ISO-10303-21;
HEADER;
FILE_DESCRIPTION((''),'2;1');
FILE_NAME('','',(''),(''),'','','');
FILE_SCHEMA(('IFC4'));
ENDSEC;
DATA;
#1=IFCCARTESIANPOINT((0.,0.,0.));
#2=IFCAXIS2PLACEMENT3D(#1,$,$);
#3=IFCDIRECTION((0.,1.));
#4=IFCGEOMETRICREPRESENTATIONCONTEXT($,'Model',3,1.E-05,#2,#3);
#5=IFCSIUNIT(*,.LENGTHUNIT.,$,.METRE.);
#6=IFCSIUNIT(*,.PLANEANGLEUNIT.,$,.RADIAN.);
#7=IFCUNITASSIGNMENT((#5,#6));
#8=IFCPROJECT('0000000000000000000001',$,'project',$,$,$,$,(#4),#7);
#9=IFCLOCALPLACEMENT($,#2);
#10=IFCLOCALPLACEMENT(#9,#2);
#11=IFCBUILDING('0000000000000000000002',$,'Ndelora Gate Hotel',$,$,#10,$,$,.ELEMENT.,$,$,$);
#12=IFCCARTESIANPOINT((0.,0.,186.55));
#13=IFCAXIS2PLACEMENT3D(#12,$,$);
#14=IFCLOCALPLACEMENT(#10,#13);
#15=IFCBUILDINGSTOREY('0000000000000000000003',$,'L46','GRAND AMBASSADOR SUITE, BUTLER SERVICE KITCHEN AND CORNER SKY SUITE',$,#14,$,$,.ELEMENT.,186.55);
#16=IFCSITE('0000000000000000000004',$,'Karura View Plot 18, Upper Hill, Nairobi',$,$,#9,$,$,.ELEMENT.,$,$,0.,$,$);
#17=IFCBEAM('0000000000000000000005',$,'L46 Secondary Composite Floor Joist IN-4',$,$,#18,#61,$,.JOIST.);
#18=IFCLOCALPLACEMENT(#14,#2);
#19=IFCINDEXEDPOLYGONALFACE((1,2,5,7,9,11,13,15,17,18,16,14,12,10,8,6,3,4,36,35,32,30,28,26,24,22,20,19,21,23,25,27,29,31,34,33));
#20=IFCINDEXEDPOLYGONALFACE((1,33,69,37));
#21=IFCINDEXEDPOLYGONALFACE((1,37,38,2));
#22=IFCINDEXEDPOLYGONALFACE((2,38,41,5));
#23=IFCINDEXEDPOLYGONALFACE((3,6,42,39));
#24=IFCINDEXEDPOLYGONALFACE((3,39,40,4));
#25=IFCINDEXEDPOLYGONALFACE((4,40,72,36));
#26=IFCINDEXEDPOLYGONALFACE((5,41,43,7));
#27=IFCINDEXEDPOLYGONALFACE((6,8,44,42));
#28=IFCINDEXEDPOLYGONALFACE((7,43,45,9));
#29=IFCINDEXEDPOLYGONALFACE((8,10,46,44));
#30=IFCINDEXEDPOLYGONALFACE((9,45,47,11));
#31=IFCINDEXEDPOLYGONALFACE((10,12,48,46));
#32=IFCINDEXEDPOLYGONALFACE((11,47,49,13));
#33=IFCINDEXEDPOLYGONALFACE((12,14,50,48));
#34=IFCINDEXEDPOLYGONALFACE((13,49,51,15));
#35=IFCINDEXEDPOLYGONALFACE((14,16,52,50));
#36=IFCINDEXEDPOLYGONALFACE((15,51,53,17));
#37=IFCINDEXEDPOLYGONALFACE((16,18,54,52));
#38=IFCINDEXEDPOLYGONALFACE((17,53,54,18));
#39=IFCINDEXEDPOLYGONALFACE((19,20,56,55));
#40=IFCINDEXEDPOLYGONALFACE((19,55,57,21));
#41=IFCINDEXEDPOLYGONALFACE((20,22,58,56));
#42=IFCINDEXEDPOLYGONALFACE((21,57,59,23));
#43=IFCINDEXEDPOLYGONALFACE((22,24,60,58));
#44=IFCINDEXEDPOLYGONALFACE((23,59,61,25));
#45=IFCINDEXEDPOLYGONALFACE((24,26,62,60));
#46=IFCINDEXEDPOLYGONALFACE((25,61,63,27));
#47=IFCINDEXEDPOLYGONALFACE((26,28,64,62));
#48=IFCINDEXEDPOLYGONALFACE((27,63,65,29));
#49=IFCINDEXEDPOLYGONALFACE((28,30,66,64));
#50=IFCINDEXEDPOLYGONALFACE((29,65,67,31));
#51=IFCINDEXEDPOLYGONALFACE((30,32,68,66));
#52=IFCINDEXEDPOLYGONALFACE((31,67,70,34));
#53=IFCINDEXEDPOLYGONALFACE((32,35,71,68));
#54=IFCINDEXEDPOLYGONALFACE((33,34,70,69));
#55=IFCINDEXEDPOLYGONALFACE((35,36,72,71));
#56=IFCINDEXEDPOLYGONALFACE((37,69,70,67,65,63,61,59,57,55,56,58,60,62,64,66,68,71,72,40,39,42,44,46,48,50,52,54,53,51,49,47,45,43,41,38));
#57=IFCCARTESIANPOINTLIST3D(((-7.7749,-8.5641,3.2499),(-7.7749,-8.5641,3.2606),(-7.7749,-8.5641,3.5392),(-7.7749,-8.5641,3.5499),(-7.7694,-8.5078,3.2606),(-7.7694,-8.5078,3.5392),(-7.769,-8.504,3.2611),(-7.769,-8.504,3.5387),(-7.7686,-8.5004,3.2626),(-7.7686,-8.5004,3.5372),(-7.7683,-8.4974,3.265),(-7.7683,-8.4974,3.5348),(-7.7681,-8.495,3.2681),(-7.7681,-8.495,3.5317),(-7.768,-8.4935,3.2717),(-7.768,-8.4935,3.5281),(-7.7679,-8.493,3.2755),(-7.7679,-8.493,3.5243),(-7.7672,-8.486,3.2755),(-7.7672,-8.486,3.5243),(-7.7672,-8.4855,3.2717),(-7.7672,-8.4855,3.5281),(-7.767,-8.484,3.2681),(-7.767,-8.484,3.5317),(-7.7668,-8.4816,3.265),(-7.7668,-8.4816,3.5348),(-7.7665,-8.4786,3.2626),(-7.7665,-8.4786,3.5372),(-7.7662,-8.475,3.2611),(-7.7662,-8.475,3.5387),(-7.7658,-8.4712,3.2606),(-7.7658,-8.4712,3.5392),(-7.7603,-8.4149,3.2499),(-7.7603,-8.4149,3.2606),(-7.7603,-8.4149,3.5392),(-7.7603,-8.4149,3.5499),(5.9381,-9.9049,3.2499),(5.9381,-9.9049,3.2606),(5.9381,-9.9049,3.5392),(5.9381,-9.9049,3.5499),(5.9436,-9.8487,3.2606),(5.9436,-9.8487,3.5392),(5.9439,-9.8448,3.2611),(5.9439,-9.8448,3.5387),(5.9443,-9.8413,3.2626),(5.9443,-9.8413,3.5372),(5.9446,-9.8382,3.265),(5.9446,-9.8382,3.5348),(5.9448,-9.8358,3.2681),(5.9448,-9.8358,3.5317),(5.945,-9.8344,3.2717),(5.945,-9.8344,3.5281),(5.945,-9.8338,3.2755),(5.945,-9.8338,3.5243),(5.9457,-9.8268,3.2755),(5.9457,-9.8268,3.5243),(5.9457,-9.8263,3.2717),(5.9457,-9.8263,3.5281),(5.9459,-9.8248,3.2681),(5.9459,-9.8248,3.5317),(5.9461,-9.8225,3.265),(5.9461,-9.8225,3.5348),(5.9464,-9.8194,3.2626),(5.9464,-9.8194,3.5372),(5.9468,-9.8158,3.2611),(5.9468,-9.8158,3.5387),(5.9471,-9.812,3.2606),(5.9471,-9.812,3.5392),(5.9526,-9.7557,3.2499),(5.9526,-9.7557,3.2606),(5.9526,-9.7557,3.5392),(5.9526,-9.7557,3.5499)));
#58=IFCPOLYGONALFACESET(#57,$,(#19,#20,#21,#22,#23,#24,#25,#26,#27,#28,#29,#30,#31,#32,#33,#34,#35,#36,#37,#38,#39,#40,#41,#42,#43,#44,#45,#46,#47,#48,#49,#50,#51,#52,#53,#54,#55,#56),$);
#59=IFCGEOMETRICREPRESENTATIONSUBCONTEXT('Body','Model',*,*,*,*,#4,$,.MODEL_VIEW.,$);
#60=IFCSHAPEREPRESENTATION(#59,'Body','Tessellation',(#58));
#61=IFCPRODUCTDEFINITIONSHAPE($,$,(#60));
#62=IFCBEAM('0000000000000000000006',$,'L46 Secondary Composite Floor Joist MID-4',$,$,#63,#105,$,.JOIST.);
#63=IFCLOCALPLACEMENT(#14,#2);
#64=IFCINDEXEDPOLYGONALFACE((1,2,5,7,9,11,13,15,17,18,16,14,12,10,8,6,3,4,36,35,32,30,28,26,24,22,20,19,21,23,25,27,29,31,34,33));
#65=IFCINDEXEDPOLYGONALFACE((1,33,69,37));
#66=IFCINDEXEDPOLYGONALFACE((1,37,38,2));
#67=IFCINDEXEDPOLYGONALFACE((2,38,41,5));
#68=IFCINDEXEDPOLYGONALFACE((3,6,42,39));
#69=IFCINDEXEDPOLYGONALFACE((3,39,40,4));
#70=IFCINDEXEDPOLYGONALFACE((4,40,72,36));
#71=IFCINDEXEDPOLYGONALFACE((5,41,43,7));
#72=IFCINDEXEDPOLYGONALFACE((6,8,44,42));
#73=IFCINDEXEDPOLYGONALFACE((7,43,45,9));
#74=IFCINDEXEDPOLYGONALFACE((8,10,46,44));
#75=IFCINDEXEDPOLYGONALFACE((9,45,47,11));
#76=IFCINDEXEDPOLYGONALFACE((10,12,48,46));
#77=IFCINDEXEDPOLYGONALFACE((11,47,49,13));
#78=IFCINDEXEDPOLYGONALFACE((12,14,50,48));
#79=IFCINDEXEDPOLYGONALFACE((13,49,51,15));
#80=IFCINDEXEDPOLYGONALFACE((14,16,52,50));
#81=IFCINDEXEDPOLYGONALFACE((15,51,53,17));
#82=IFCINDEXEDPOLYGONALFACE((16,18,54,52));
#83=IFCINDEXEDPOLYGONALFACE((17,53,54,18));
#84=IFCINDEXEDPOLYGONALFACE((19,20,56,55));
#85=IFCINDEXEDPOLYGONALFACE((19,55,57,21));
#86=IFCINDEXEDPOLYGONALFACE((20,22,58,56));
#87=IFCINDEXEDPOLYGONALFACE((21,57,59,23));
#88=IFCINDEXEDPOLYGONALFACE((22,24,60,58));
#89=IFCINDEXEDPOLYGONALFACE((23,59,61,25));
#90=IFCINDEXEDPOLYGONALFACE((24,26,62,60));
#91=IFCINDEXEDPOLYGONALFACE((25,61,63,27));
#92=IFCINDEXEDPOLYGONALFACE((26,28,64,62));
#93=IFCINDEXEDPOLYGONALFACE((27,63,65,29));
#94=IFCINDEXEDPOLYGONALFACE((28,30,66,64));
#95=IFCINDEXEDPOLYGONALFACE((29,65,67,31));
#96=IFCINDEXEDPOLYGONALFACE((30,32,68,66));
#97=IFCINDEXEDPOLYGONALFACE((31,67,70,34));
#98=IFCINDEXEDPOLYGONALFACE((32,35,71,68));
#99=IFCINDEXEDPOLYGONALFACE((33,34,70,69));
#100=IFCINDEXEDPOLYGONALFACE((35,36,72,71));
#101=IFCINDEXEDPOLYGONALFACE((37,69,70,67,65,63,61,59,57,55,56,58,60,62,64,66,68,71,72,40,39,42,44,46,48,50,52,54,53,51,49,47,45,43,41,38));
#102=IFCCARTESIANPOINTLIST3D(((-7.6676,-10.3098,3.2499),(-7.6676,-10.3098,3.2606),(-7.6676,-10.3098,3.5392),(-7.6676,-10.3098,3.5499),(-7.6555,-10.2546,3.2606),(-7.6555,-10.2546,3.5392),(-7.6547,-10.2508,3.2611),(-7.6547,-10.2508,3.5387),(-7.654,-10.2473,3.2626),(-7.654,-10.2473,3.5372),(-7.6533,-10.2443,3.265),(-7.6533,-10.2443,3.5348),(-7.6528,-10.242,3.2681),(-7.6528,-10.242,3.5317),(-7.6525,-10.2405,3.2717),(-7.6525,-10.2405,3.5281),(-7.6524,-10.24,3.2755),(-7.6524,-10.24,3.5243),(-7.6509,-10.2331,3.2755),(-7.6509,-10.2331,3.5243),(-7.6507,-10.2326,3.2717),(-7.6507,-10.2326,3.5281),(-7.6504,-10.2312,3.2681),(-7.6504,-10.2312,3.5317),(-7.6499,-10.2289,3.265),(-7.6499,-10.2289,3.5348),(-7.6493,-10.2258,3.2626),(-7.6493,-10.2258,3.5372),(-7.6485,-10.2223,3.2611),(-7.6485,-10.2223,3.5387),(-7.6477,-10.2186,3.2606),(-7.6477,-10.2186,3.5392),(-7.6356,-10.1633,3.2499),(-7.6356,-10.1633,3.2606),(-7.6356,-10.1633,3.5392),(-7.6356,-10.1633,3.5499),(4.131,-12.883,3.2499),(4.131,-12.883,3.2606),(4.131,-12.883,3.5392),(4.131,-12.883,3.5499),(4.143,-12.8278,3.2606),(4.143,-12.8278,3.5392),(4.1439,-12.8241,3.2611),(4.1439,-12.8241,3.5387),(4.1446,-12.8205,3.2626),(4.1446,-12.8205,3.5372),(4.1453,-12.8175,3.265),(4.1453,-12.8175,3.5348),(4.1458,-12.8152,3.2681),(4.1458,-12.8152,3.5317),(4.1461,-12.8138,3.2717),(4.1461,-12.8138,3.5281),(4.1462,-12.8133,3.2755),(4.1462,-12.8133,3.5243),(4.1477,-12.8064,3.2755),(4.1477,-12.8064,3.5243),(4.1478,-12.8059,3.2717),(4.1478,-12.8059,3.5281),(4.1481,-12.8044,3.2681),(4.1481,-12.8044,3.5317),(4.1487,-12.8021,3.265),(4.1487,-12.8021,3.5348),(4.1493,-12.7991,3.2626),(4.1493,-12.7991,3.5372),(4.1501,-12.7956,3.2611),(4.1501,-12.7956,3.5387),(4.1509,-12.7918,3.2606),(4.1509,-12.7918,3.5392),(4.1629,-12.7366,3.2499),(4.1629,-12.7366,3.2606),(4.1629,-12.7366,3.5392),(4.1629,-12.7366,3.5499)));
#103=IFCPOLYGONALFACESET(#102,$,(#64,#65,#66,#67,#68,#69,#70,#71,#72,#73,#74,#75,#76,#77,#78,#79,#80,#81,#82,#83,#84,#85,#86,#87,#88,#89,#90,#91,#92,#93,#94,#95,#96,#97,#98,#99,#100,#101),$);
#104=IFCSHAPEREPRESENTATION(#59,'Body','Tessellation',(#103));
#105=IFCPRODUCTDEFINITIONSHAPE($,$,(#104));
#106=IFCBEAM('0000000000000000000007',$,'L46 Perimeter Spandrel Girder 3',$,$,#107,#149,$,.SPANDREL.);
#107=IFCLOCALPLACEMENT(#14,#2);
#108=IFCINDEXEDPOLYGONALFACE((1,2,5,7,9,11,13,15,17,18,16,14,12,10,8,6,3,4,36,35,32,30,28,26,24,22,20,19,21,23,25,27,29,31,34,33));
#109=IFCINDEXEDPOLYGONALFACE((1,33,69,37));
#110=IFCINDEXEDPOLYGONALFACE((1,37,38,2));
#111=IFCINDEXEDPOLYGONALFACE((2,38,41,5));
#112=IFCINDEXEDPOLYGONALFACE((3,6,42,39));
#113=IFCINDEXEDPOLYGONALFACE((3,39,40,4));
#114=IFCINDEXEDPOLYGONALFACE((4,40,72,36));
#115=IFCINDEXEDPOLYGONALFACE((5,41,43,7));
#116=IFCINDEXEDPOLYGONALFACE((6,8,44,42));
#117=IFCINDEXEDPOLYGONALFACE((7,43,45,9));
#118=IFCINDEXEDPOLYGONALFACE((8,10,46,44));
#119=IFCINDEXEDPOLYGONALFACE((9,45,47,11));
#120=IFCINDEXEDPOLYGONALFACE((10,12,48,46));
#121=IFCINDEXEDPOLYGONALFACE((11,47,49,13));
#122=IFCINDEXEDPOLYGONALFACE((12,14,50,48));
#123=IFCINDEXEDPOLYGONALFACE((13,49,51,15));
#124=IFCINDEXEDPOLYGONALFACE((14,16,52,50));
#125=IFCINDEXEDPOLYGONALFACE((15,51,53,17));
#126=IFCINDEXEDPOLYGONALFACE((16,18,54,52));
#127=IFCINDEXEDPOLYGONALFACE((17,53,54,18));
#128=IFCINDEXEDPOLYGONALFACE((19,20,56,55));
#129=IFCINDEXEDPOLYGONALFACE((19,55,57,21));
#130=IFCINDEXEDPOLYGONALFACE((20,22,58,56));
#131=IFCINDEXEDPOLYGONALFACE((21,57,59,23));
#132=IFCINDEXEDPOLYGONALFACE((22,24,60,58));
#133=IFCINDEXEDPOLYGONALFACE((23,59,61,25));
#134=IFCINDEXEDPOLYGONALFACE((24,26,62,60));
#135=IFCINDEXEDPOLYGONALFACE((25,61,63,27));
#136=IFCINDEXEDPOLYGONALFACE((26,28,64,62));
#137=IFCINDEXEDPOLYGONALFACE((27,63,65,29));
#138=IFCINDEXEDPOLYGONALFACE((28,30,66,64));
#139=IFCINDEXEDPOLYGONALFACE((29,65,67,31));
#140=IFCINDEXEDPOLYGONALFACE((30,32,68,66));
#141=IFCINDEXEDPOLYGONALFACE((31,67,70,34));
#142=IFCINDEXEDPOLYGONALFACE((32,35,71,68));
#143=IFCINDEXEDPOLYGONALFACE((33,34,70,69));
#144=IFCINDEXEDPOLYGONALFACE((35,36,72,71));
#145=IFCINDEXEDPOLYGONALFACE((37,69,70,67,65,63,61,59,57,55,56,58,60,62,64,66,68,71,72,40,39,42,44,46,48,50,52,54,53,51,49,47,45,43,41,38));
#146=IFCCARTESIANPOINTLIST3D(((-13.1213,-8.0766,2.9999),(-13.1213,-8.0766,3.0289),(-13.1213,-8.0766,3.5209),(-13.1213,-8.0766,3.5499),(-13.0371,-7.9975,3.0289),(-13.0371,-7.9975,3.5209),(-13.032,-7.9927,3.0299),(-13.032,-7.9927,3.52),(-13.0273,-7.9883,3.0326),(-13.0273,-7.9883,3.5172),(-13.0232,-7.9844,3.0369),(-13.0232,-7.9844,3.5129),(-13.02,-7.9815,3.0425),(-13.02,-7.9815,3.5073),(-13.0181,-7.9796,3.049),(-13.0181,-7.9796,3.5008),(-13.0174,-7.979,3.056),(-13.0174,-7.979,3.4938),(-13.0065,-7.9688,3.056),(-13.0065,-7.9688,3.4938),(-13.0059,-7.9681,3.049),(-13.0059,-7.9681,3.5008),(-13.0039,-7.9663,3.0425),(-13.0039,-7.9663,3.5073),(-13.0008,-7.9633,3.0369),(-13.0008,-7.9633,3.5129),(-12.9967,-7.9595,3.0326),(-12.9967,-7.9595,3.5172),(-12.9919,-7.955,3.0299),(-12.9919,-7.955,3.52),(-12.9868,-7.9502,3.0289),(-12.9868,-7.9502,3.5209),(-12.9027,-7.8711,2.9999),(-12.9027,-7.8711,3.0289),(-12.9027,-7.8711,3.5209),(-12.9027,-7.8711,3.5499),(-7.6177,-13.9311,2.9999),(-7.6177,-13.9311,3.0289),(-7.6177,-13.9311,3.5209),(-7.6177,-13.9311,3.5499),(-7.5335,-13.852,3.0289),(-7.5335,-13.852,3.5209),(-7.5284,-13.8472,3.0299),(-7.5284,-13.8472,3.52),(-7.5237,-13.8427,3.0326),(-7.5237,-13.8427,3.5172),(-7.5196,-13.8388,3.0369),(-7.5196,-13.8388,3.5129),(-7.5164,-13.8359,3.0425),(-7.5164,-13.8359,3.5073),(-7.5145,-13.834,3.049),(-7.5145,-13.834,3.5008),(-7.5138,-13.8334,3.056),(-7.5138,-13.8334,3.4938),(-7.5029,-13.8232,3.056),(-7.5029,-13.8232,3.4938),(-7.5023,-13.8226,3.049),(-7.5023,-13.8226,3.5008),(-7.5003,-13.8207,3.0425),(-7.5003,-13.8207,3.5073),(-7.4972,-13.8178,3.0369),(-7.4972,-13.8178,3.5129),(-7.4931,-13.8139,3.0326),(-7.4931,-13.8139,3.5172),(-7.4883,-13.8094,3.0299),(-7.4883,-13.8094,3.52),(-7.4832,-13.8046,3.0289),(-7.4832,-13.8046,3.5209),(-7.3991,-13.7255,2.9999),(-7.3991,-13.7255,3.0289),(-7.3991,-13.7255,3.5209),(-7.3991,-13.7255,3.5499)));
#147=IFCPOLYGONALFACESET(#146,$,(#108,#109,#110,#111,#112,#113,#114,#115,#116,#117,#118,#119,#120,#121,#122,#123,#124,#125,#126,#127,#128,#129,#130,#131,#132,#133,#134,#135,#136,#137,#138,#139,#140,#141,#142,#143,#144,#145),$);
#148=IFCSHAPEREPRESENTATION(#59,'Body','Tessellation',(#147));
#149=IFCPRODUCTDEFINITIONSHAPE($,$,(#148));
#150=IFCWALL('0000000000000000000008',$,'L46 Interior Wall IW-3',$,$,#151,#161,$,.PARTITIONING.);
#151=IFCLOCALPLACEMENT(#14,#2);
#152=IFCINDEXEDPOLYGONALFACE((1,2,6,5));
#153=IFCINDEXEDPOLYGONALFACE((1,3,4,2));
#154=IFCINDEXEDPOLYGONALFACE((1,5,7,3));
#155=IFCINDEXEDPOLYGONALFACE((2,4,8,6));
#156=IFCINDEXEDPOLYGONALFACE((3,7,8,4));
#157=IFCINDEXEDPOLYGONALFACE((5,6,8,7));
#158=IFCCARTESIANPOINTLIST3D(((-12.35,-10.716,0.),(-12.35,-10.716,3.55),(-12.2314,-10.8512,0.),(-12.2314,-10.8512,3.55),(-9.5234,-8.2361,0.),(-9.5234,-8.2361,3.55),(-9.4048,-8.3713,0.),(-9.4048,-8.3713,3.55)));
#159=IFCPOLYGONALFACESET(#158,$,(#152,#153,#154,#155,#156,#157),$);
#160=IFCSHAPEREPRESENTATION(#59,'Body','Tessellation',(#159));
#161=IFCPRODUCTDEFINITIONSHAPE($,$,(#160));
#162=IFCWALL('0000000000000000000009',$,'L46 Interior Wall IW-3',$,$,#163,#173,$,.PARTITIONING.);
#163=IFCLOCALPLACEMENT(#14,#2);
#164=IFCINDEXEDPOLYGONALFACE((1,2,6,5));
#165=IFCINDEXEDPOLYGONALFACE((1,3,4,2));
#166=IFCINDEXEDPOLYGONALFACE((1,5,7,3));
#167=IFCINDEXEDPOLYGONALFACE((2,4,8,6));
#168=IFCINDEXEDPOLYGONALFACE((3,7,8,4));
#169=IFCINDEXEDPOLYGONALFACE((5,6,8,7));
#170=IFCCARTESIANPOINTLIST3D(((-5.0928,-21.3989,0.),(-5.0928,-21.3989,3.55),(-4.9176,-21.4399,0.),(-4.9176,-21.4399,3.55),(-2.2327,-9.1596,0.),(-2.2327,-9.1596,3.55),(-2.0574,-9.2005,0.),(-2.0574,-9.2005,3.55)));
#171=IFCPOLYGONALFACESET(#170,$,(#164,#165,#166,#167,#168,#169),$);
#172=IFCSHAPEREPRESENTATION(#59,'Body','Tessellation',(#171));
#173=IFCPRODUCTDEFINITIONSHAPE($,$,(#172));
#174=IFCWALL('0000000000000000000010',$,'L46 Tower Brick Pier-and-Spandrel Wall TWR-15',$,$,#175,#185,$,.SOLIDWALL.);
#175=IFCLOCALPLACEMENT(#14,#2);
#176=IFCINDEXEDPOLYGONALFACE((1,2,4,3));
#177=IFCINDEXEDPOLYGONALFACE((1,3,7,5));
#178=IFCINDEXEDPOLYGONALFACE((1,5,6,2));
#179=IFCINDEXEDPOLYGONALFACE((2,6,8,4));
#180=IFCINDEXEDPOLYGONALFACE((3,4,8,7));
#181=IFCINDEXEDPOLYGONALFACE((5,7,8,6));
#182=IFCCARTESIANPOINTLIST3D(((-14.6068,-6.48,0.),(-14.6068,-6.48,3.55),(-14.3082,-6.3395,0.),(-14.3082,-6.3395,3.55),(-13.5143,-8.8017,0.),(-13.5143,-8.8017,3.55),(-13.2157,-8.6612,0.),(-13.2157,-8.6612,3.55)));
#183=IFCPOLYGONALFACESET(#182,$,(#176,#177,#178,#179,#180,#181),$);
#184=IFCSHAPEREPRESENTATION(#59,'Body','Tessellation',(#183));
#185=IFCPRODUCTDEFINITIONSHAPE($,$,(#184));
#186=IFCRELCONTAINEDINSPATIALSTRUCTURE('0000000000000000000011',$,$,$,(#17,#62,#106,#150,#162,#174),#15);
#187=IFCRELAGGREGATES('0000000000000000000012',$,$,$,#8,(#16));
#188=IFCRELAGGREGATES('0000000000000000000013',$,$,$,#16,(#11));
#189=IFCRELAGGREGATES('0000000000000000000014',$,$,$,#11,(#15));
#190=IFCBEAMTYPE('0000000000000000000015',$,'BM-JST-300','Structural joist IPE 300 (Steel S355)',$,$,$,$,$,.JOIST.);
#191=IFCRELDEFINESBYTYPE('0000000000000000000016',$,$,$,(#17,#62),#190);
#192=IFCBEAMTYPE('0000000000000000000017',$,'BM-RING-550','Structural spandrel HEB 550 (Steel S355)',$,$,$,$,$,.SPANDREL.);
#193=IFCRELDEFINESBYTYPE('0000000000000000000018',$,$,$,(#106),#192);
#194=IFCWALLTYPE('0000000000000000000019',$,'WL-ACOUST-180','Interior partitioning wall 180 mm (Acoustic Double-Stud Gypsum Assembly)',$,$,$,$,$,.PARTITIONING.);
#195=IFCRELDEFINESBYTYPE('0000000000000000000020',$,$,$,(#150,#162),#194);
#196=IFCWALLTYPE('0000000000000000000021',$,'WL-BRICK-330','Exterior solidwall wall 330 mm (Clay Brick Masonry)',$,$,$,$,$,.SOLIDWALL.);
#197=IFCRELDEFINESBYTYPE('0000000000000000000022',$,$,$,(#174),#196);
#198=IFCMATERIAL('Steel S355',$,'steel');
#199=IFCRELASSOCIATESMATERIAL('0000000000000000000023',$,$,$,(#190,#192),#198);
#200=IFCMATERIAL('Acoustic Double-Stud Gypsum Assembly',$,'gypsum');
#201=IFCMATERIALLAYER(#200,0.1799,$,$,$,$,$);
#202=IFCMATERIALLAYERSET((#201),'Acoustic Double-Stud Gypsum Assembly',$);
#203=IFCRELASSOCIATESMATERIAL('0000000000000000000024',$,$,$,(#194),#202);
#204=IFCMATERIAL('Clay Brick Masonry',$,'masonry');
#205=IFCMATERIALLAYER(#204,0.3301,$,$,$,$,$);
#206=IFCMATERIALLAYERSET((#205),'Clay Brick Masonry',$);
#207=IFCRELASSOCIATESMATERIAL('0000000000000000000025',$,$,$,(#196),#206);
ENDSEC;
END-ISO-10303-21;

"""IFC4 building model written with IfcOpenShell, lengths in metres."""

from ifc_helpers import new_model, si_unit, direction, frame, frame_2d, origin, origin_2d, place, context, subcontext, project, spatial, rectangle, i_section, extrude, material, layer, layer_set, material_profile, profile_set, type_object, element, save


model = new_model("IFC4")

# Units and contexts
model_context = context("Model", 3, precision=1e-05, world=origin(), true_north=direction((0.0, 1.0)))
body_context = subcontext(model_context, "Body", "Model", "MODEL_VIEW")
ifc_project = project(units=[si_unit("LENGTHUNIT", "METRE"), si_unit("PLANEANGLEUNIT", "RADIAN")], contexts=[model_context])

# Site, building, storey
site_placement = place(None, origin())
site = spatial("IfcSite", under=ifc_project, at=site_placement, Name="Karura View Plot 18, Upper Hill, Nairobi", CompositionType="ELEMENT", RefElevation=0.0)
building_placement = place(site_placement, origin())
building = spatial("IfcBuilding", under=site, at=building_placement, Name="Ndelora Gate Hotel", CompositionType="ELEMENT")
storey_placement = place(building_placement, frame((0.0, 0.0, 186.55)))
storey = spatial("IfcBuildingStorey", under=building, at=storey_placement, Name="L46", Description="GRAND AMBASSADOR SUITE, BUTLER SERVICE KITCHEN AND CORNER SKY SUITE", CompositionType="ELEMENT", Elevation=186.55)

# Beams
ifc_material_1 = material(Name="Steel S355", Category="steel")
ifc_material_profile_1 = material_profile(ifc_material_1, i_section(OverallWidth=0.1499, OverallDepth=0.3, WebThickness=0.0071, FlangeThickness=0.0107, FilletRadius=0.0149, at=origin_2d()), Name="IPE 300")
ifc_profile_set_1 = profile_set([ifc_material_profile_1], Name="Steel S355")
beam_type_1 = type_object("IfcBeamType", Name="BM-JST-300", Description="Structural joist IPE 300 (Steel S355)", PredefinedType="JOIST", material=ifc_profile_set_1)
beam_1_placement = place(storey_placement, frame((-7.7676, -8.4895, 3.3999), z_axis=(0.995254, -0.097314, 0.0), x_axis=(0.097314, 0.995254, 0.0)))
element("IfcBeam", 1, at=beam_1_placement, inside=storey, type_object=beam_type_1, Name="L46 Secondary Composite Floor Joist IN-4", PredefinedType="JOIST", context=body_context, shape_type="SweptSolid", body=[
    extrude(i_section(OverallWidth=0.1499, OverallDepth=0.3, WebThickness=0.0071, FlangeThickness=0.0107, FilletRadius=0.0149, at=origin_2d()), origin(), (0.0, 0.0, 1.0), 13.7783),
])
beam_2_placement = place(storey_placement, frame((-7.6516, -10.2366, 3.3999), z_axis=(0.977033, -0.213088, 0.0), x_axis=(0.213088, 0.977033, 0.0)))
element("IfcBeam", 2, at=beam_2_placement, inside=storey, type_object=beam_type_1, Name="L46 Secondary Composite Floor Joist MID-4", PredefinedType="JOIST", context=body_context, shape_type="SweptSolid", body=[
    extrude(i_section(OverallWidth=0.1499, OverallDepth=0.3, WebThickness=0.0071, FlangeThickness=0.0107, FilletRadius=0.0149, at=origin_2d()), origin(), (0.0, 0.0, 1.0), 12.0759),
])
ifc_material_profile_2 = material_profile(ifc_material_1, i_section(OverallWidth=0.3, OverallDepth=0.55, WebThickness=0.0149, FlangeThickness=0.0291, FilletRadius=0.0271, at=origin_2d()), Name="HEB 550")
ifc_profile_set_2 = profile_set([ifc_material_profile_2], Name="Steel S355")
beam_type_2 = type_object("IfcBeamType", Name="BM-RING-550", Description="Structural spandrel HEB 550 (Steel S355)", PredefinedType="SPANDREL", material=ifc_profile_set_2)
beam_3_placement = place(storey_placement, frame((-13.012, -7.9739, 3.2749), z_axis=(0.684939, -0.7286, 0.0), x_axis=(0.7286, 0.684939, 0.0)))
element("IfcBeam", 3, at=beam_3_placement, inside=storey, type_object=beam_type_2, Name="L46 Perimeter Spandrel Girder 3", PredefinedType="SPANDREL", context=body_context, shape_type="SweptSolid", body=[
    extrude(i_section(OverallWidth=0.3, OverallDepth=0.55, WebThickness=0.0149, FlangeThickness=0.0291, FilletRadius=0.0271, at=origin_2d()), origin(), (0.0, 0.0, 1.0), 8.0352),
])

# Walls
ifc_material_2 = material(Name="Acoustic Double-Stud Gypsum Assembly", Category="gypsum")
ifc_layer_1 = layer(ifc_material_2, 0.1799)
ifc_layer_set_1 = layer_set([ifc_layer_1], Name="Acoustic Double-Stud Gypsum Assembly")
wall_type_1 = type_object("IfcWallType", Name="WL-ACOUST-180", Description="Interior partitioning wall 180 mm (Acoustic Double-Stud Gypsum Assembly)", PredefinedType="PARTITIONING", material=ifc_layer_set_1)
wall_1_placement = place(storey_placement, frame((-9.4641, -8.3037, 0.0), z_axis=(0.0, 0.0, 1.0), x_axis=(-0.751699, -0.659506, 0.0)))
element("IfcWall", 4, at=wall_1_placement, inside=storey, type_object=wall_type_1, Name="L46 Interior Wall IW-3", PredefinedType="PARTITIONING", context=body_context, shape_type="SweptSolid", body=[
    extrude(rectangle(XDim=3.7603, YDim=0.1799, at=frame_2d((1.8801, 0.0))), origin(), (0.0, 0.0, 1.0), 3.55),
])
wall_2_placement = place(storey_placement, frame((-2.145, -9.1799, 0.0), z_axis=(0.0, 0.0, 1.0), x_axis=(-0.227553, -0.973766, 0.0)))
element("IfcWall", 5, at=wall_2_placement, inside=storey, type_object=wall_type_1, Name="L46 Interior Wall IW-3", PredefinedType="PARTITIONING", context=body_context, shape_type="SweptSolid", body=[
    extrude(rectangle(XDim=12.5691, YDim=0.1799, at=frame_2d((6.2847, 0.0))), origin(), (0.0, 0.0, 1.0), 3.55),
])
ifc_material_3 = material(Name="Clay Brick Masonry", Category="masonry")
ifc_layer_2 = layer(ifc_material_3, 0.3301)
ifc_layer_set_2 = layer_set([ifc_layer_2], Name="Clay Brick Masonry")
wall_type_2 = type_object("IfcWallType", Name="WL-BRICK-330", Description="Exterior solidwall wall 330 mm (Clay Brick Masonry)", PredefinedType="SOLIDWALL", material=ifc_layer_set_2)
wall_3_placement = place(storey_placement, frame((-13.365, -8.7314, 0.0), z_axis=(0.0, 0.0, 1.0), x_axis=(-0.425774, 0.904829, 0.0)))
element("IfcWall", 6, at=wall_3_placement, inside=storey, type_object=wall_type_2, Name="L46 Tower Brick Pier-and-Spandrel Wall TWR-15", PredefinedType="SOLIDWALL", context=body_context, shape_type="SweptSolid", body=[
    extrude(rectangle(XDim=2.5659, YDim=0.3301, at=frame_2d((1.283, 0.0))), origin(), (0.0, 0.0, 1.0), 3.55),
])

save(model, "model.ifc")
